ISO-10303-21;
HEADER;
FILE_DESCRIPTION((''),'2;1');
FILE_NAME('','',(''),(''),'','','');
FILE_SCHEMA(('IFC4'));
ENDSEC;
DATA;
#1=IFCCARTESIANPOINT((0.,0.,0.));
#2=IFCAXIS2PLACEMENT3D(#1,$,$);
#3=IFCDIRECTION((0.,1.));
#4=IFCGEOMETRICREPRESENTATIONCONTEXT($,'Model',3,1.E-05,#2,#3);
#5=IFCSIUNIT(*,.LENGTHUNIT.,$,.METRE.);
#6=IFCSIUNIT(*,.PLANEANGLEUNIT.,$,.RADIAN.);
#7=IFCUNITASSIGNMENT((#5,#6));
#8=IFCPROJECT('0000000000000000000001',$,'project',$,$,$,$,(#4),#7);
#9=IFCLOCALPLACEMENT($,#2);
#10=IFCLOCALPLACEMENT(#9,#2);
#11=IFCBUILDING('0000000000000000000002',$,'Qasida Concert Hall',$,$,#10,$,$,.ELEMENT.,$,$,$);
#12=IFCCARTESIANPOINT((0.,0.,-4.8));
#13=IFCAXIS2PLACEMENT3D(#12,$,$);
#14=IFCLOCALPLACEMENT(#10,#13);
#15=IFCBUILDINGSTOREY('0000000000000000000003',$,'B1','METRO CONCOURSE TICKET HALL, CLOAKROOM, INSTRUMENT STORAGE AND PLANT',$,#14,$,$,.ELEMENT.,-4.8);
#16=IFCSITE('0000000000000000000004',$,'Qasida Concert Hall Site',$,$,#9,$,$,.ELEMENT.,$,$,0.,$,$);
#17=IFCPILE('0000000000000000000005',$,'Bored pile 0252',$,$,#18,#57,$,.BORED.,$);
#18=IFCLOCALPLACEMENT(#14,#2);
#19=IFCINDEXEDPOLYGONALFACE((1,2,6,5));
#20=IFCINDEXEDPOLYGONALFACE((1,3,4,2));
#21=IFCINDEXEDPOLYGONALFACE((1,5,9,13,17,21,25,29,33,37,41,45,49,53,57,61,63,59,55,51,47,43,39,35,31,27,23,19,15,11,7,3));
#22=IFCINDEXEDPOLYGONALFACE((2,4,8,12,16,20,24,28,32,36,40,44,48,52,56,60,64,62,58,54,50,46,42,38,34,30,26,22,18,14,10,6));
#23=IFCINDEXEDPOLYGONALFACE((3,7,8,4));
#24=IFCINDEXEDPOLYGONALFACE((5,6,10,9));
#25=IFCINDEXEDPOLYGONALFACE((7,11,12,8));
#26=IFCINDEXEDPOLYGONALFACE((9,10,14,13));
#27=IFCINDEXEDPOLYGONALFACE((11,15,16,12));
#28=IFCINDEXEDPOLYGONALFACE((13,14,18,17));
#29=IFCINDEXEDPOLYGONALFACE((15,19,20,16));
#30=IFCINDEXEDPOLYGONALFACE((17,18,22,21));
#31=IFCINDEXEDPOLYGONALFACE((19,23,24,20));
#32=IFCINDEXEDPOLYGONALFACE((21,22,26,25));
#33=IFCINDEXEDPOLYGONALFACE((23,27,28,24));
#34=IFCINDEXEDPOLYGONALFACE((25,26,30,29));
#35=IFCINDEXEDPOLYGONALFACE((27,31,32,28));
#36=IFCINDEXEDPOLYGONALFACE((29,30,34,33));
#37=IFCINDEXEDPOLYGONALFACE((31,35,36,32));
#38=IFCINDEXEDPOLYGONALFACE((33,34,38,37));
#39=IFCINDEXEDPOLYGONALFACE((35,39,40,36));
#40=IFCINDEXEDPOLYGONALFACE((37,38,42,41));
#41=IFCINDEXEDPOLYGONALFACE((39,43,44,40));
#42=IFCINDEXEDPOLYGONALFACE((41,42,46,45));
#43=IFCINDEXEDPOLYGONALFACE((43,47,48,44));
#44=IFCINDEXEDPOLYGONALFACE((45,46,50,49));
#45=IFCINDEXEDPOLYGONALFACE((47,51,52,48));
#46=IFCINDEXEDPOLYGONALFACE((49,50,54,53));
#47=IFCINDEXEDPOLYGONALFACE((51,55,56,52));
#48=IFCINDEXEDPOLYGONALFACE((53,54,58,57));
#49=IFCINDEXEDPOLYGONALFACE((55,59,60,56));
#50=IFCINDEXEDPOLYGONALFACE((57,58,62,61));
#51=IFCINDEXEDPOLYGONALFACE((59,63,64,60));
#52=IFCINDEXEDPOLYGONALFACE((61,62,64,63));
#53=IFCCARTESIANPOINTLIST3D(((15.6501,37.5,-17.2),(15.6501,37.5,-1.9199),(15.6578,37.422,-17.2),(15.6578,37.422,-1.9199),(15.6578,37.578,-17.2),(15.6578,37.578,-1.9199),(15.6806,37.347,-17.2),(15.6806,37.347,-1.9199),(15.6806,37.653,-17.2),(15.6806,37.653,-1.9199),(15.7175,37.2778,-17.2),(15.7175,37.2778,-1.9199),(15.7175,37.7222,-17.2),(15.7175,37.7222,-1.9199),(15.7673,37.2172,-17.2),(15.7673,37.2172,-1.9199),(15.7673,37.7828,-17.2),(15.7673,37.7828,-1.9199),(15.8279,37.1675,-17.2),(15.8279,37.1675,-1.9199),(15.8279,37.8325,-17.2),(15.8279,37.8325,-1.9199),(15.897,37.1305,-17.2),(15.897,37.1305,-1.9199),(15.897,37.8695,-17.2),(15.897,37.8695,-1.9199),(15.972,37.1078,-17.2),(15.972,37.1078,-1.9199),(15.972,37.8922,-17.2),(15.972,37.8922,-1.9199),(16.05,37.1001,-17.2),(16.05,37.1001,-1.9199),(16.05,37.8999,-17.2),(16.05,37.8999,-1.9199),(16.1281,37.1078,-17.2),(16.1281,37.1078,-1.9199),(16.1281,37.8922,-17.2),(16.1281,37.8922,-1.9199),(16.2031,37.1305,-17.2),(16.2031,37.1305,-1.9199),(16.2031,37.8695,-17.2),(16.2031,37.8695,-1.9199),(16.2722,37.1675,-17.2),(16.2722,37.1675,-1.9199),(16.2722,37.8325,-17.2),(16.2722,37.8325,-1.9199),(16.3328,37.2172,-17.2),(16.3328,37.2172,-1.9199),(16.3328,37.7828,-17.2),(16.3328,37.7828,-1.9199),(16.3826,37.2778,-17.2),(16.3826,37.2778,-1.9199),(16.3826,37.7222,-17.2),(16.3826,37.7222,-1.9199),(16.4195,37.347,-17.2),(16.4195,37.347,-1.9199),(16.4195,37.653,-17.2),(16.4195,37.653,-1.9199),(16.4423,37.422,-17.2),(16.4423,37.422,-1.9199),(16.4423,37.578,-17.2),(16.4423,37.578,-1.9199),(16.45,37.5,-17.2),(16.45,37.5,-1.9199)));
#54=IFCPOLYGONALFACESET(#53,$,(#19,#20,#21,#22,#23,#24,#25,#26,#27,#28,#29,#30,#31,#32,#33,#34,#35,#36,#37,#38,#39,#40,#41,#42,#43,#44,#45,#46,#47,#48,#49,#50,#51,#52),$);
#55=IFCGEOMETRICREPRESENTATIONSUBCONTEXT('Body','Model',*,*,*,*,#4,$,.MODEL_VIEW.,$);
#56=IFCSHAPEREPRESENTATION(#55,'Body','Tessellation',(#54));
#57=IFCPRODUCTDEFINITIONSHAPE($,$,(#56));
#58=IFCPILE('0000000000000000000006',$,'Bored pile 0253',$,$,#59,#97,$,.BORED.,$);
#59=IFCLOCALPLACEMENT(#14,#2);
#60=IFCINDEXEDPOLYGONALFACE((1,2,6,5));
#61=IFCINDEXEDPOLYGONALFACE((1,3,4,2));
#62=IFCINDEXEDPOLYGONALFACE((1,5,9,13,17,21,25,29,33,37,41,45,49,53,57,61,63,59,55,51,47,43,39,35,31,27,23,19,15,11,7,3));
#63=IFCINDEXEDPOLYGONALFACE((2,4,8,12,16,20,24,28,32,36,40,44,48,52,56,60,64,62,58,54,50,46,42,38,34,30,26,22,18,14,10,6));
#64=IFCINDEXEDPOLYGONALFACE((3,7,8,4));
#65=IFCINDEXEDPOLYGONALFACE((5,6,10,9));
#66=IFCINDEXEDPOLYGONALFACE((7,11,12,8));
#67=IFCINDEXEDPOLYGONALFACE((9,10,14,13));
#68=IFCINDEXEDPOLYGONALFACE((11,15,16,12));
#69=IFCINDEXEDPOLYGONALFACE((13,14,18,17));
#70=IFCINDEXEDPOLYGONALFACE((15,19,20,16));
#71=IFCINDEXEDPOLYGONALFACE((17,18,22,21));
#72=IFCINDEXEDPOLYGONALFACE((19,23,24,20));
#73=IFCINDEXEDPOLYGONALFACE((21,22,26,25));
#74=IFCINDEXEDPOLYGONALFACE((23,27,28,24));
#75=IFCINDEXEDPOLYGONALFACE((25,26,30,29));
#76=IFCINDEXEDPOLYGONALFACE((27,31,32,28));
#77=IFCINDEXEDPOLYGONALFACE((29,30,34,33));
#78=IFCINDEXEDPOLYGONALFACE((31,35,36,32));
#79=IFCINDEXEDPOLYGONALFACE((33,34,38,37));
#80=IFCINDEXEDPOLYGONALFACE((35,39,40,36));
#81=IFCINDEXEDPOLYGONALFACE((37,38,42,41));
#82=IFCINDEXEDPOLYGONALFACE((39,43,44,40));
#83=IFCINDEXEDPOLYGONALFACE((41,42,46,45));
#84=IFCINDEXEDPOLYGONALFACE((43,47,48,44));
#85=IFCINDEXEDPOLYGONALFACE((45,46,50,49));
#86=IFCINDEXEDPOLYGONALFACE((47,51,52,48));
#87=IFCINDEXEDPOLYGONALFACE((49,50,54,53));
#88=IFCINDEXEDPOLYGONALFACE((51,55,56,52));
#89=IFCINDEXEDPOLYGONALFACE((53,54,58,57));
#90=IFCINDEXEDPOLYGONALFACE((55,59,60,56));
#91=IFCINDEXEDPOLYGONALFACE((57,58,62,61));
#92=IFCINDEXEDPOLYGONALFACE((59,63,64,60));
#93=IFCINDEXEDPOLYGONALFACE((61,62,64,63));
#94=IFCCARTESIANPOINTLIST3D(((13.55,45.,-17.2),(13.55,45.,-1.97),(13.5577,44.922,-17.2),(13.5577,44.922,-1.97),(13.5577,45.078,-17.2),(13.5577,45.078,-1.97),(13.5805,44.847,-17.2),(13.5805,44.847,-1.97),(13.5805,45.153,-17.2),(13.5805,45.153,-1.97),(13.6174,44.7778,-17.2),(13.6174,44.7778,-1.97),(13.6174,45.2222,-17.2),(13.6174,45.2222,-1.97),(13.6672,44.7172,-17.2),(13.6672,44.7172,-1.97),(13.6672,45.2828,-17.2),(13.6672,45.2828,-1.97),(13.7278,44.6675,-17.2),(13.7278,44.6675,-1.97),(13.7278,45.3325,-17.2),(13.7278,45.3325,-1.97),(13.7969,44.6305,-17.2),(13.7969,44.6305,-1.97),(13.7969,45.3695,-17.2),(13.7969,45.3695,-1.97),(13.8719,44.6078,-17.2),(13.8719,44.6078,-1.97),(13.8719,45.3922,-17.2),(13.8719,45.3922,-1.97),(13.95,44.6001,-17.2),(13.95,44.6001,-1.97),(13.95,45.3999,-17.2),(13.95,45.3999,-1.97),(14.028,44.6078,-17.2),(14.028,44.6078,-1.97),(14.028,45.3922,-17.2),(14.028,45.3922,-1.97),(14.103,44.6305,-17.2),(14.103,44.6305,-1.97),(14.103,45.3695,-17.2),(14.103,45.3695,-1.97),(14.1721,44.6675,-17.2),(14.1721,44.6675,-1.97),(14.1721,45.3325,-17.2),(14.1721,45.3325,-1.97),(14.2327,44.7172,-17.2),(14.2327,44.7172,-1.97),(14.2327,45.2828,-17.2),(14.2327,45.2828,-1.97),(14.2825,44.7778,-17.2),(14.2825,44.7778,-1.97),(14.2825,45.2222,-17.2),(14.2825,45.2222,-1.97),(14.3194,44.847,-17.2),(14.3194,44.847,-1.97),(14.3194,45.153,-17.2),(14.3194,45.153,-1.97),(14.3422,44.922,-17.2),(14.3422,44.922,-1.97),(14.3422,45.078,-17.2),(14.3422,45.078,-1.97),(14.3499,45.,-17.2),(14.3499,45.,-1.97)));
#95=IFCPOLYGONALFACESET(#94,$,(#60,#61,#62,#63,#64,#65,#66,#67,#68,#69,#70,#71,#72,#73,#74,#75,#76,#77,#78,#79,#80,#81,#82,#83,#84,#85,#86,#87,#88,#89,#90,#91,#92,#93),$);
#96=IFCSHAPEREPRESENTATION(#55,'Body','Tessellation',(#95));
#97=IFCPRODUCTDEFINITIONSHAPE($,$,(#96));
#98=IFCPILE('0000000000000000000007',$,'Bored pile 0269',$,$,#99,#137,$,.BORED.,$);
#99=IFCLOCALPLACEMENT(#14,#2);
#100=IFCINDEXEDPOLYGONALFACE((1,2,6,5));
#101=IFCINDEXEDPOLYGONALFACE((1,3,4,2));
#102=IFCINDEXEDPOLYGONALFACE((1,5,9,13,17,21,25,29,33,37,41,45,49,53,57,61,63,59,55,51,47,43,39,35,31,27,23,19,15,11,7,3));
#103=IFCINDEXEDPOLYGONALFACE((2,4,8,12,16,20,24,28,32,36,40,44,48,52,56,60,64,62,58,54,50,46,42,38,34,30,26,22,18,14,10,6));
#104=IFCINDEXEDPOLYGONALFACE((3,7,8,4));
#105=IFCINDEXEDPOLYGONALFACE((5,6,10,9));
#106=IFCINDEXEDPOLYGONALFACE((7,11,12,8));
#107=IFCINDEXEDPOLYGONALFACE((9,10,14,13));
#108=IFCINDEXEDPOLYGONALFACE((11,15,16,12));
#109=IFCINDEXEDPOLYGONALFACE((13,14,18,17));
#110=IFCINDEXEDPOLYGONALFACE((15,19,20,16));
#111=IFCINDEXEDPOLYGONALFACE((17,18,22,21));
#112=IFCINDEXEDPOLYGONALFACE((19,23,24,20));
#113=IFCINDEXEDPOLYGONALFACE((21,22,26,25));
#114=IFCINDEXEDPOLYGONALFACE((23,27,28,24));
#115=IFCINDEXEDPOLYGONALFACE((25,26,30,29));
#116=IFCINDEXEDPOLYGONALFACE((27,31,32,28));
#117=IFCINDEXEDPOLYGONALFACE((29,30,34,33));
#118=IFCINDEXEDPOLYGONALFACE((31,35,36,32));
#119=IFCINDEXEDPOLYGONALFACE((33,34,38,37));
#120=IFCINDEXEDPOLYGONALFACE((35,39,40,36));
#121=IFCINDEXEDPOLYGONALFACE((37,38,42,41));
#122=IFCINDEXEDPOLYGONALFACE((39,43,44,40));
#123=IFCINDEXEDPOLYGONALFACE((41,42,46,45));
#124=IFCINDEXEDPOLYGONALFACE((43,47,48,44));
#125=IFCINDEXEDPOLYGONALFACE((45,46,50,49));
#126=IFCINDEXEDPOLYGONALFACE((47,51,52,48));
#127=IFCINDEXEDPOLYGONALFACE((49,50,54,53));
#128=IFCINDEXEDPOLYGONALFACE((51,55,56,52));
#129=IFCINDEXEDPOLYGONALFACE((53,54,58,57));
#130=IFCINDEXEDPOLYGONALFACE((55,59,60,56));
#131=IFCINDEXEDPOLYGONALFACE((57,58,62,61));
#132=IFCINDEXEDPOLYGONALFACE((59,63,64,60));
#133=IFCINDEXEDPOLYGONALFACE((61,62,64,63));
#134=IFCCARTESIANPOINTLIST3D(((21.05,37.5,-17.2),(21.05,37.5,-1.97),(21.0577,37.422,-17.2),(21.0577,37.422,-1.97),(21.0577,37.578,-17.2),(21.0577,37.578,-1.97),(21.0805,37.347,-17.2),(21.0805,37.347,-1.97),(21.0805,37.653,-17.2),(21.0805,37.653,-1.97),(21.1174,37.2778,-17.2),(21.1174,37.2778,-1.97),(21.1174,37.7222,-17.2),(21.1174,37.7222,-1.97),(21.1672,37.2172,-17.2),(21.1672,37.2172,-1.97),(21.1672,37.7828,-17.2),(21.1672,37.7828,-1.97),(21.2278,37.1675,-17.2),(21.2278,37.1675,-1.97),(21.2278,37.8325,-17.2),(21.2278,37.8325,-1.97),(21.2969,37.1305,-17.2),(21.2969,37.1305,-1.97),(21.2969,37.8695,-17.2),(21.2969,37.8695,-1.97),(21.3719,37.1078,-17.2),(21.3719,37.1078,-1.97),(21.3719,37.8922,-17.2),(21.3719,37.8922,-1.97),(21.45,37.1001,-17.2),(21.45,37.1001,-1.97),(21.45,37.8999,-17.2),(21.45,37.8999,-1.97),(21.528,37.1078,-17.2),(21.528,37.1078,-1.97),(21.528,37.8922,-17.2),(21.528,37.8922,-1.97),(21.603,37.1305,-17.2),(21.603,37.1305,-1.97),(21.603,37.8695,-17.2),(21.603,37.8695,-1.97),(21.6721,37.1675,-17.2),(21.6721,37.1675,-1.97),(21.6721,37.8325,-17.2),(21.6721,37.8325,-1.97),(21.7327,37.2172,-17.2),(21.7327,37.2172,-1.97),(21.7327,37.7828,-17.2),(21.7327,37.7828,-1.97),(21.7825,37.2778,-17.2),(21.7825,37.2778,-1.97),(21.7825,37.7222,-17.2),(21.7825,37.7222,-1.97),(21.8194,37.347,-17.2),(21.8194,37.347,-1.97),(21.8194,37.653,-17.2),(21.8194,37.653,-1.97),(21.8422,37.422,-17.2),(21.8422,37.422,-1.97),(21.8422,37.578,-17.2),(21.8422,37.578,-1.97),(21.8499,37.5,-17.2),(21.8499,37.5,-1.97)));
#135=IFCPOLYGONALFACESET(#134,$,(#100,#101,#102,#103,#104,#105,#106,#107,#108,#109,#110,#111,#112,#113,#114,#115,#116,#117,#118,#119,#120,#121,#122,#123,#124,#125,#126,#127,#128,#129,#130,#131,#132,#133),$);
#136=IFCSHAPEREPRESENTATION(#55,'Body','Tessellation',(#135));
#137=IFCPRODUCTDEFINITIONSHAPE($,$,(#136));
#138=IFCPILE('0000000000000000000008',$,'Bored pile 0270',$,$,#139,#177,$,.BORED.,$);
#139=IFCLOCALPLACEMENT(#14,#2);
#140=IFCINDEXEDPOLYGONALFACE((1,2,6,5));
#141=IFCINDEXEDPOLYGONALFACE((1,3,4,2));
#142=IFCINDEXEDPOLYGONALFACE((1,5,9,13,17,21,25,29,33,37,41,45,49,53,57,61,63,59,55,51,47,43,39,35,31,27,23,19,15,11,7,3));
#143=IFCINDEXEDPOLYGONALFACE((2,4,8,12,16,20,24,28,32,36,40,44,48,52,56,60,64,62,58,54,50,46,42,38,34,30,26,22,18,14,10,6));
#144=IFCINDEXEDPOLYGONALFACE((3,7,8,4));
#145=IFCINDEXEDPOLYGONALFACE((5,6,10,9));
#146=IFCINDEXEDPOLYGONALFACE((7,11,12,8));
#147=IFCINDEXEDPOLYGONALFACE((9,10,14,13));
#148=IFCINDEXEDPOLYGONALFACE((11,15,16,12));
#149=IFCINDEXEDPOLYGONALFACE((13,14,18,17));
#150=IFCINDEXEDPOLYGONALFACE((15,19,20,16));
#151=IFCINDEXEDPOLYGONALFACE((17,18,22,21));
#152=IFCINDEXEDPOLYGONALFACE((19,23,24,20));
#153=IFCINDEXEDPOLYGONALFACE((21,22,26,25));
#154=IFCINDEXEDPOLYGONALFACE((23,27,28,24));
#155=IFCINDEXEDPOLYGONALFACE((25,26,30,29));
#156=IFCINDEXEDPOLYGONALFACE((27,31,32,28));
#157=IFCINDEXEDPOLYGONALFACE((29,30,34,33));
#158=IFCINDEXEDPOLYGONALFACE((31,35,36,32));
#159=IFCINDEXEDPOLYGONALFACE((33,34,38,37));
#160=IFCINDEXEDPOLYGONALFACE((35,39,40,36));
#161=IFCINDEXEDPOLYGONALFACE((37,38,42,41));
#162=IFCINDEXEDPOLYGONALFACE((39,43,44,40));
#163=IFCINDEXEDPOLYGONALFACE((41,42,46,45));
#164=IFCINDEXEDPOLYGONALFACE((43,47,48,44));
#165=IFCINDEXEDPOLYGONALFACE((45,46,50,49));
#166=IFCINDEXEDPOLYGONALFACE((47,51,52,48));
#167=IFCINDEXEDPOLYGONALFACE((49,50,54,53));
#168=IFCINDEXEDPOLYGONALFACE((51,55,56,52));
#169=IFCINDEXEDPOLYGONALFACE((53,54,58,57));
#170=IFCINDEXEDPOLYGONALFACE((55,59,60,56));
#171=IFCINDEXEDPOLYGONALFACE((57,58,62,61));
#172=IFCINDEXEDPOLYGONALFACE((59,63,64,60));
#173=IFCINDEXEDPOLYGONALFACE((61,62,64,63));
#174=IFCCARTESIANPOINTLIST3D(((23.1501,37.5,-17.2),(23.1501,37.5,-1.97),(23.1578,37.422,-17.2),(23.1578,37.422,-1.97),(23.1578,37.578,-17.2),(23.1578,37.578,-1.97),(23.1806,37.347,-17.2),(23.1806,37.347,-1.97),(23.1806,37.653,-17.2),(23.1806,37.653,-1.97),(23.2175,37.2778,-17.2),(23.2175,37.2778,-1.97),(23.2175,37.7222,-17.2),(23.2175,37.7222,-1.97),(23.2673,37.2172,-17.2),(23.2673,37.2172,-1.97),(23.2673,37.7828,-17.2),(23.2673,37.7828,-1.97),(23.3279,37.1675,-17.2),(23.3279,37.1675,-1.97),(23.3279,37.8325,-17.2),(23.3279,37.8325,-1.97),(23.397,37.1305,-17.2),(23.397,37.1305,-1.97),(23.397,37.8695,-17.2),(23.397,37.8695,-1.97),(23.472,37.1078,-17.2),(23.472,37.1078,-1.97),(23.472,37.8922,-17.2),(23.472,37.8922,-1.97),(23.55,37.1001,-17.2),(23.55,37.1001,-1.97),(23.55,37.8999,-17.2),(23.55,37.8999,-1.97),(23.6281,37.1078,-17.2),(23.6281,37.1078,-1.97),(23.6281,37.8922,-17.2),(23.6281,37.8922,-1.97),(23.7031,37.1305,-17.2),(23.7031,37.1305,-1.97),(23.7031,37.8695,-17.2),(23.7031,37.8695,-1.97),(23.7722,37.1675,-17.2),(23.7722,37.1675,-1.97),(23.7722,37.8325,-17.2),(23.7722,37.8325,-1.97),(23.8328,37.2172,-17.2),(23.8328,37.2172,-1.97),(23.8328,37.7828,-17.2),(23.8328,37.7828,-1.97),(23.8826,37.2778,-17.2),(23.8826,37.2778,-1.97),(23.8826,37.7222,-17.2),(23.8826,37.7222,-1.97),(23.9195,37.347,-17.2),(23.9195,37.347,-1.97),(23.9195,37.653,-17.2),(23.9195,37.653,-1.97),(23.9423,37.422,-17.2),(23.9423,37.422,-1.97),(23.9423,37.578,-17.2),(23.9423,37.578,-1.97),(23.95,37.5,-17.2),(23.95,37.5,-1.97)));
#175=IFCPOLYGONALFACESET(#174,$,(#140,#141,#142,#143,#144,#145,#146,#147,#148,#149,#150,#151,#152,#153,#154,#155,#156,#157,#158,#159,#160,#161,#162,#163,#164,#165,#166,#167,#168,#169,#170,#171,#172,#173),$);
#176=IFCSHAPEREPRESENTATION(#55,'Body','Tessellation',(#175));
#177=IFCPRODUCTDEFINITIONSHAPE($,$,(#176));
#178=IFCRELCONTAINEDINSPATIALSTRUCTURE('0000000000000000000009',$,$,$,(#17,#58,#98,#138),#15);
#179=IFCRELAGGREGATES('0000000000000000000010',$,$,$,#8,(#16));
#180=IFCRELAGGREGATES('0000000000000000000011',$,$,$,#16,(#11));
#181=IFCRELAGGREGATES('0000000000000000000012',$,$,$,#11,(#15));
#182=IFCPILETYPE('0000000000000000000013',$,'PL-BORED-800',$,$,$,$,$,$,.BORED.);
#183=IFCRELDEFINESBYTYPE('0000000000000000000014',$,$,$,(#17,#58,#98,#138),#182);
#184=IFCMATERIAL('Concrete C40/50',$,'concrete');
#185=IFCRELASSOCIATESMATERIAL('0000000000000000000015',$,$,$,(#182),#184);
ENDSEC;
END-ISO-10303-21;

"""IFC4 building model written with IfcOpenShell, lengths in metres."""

from ifc_helpers import new_model, si_unit, direction, frame, origin, origin_2d, place, context, subcontext, project, spatial, circle, extrude, material, material_profile, profile_set, type_object, element, save


model = new_model("IFC4")

# Units and contexts
model_context = context("Model", 3, precision=1e-05, world=origin(), true_north=direction((0.0, 1.0)))
body_context = subcontext(model_context, "Body", "Model", "MODEL_VIEW")
ifc_project = project(units=[si_unit("LENGTHUNIT", "METRE"), si_unit("PLANEANGLEUNIT", "RADIAN")], contexts=[model_context])

# Site, building, storey
site_placement = place(None, origin())
site = spatial("IfcSite", under=ifc_project, at=site_placement, Name="Qasida Concert Hall Site", CompositionType="ELEMENT", RefElevation=0.0)
building_placement = place(site_placement, origin())
building = spatial("IfcBuilding", under=site, at=building_placement, Name="Qasida Concert Hall", CompositionType="ELEMENT")
storey_placement = place(building_placement, frame((0.0, 0.0, -4.8)))
storey = spatial("IfcBuildingStorey", under=building, at=storey_placement, Name="B1", Description="METRO CONCOURSE TICKET HALL, CLOAKROOM, INSTRUMENT STORAGE AND PLANT", CompositionType="ELEMENT", Elevation=-4.8)

# Shared definitions
ifc_material_1 = material(Name="Concrete C40/50", Category="concrete")

# Piles
ifc_material_profile_1 = material_profile(ifc_material_1, circle(Radius=0.3999, at=origin_2d()), Name="BORED PILE D800")
ifc_profile_set_1 = profile_set([ifc_material_profile_1], Name="Concrete C40/50")
pile_type = type_object("IfcPileType", Name="PL-BORED-800", PredefinedType="BORED", material=ifc_profile_set_1)
for number, where, z_axis, x_axis, name in (
    (1, (16.05, 37.5, -1.9199), (0.0, 0.0, -1.0), (1.0, 0.0, 0.0), "Bored pile 0252"),
):
    element("IfcPile", number, at=place(storey_placement, frame(where, z_axis=z_axis, x_axis=x_axis)), inside=storey, type_object=pile_type, Name=name, PredefinedType="BORED", context=body_context, shape_type="SweptSolid", body=[
        extrude(circle(Radius=0.3999, at=origin_2d()), origin(), (0.0, 0.0, 1.0), 15.28),
    ])
for number, where, z_axis, x_axis, name in (
    (2, (13.95, 45.0, -1.97), (0.0, 0.0, -1.0), (1.0, 0.0, 0.0), "Bored pile 0253"),
    (3, (21.45, 37.5, -1.97), (0.0, 0.0, -1.0), (1.0, 0.0, 0.0), "Bored pile 0269"),
    (4, (23.55, 37.5, -1.97), (0.0, 0.0, -1.0), (1.0, 0.0, 0.0), "Bored pile 0270"),
):
    element("IfcPile", number, at=place(storey_placement, frame(where, z_axis=z_axis, x_axis=x_axis)), inside=storey, type_object=pile_type, Name=name, PredefinedType="BORED", context=body_context, shape_type="SweptSolid", body=[
        extrude(circle(Radius=0.3999, at=origin_2d()), origin(), (0.0, 0.0, 1.0), 15.23),
    ])

save(model, "model.ifc")
